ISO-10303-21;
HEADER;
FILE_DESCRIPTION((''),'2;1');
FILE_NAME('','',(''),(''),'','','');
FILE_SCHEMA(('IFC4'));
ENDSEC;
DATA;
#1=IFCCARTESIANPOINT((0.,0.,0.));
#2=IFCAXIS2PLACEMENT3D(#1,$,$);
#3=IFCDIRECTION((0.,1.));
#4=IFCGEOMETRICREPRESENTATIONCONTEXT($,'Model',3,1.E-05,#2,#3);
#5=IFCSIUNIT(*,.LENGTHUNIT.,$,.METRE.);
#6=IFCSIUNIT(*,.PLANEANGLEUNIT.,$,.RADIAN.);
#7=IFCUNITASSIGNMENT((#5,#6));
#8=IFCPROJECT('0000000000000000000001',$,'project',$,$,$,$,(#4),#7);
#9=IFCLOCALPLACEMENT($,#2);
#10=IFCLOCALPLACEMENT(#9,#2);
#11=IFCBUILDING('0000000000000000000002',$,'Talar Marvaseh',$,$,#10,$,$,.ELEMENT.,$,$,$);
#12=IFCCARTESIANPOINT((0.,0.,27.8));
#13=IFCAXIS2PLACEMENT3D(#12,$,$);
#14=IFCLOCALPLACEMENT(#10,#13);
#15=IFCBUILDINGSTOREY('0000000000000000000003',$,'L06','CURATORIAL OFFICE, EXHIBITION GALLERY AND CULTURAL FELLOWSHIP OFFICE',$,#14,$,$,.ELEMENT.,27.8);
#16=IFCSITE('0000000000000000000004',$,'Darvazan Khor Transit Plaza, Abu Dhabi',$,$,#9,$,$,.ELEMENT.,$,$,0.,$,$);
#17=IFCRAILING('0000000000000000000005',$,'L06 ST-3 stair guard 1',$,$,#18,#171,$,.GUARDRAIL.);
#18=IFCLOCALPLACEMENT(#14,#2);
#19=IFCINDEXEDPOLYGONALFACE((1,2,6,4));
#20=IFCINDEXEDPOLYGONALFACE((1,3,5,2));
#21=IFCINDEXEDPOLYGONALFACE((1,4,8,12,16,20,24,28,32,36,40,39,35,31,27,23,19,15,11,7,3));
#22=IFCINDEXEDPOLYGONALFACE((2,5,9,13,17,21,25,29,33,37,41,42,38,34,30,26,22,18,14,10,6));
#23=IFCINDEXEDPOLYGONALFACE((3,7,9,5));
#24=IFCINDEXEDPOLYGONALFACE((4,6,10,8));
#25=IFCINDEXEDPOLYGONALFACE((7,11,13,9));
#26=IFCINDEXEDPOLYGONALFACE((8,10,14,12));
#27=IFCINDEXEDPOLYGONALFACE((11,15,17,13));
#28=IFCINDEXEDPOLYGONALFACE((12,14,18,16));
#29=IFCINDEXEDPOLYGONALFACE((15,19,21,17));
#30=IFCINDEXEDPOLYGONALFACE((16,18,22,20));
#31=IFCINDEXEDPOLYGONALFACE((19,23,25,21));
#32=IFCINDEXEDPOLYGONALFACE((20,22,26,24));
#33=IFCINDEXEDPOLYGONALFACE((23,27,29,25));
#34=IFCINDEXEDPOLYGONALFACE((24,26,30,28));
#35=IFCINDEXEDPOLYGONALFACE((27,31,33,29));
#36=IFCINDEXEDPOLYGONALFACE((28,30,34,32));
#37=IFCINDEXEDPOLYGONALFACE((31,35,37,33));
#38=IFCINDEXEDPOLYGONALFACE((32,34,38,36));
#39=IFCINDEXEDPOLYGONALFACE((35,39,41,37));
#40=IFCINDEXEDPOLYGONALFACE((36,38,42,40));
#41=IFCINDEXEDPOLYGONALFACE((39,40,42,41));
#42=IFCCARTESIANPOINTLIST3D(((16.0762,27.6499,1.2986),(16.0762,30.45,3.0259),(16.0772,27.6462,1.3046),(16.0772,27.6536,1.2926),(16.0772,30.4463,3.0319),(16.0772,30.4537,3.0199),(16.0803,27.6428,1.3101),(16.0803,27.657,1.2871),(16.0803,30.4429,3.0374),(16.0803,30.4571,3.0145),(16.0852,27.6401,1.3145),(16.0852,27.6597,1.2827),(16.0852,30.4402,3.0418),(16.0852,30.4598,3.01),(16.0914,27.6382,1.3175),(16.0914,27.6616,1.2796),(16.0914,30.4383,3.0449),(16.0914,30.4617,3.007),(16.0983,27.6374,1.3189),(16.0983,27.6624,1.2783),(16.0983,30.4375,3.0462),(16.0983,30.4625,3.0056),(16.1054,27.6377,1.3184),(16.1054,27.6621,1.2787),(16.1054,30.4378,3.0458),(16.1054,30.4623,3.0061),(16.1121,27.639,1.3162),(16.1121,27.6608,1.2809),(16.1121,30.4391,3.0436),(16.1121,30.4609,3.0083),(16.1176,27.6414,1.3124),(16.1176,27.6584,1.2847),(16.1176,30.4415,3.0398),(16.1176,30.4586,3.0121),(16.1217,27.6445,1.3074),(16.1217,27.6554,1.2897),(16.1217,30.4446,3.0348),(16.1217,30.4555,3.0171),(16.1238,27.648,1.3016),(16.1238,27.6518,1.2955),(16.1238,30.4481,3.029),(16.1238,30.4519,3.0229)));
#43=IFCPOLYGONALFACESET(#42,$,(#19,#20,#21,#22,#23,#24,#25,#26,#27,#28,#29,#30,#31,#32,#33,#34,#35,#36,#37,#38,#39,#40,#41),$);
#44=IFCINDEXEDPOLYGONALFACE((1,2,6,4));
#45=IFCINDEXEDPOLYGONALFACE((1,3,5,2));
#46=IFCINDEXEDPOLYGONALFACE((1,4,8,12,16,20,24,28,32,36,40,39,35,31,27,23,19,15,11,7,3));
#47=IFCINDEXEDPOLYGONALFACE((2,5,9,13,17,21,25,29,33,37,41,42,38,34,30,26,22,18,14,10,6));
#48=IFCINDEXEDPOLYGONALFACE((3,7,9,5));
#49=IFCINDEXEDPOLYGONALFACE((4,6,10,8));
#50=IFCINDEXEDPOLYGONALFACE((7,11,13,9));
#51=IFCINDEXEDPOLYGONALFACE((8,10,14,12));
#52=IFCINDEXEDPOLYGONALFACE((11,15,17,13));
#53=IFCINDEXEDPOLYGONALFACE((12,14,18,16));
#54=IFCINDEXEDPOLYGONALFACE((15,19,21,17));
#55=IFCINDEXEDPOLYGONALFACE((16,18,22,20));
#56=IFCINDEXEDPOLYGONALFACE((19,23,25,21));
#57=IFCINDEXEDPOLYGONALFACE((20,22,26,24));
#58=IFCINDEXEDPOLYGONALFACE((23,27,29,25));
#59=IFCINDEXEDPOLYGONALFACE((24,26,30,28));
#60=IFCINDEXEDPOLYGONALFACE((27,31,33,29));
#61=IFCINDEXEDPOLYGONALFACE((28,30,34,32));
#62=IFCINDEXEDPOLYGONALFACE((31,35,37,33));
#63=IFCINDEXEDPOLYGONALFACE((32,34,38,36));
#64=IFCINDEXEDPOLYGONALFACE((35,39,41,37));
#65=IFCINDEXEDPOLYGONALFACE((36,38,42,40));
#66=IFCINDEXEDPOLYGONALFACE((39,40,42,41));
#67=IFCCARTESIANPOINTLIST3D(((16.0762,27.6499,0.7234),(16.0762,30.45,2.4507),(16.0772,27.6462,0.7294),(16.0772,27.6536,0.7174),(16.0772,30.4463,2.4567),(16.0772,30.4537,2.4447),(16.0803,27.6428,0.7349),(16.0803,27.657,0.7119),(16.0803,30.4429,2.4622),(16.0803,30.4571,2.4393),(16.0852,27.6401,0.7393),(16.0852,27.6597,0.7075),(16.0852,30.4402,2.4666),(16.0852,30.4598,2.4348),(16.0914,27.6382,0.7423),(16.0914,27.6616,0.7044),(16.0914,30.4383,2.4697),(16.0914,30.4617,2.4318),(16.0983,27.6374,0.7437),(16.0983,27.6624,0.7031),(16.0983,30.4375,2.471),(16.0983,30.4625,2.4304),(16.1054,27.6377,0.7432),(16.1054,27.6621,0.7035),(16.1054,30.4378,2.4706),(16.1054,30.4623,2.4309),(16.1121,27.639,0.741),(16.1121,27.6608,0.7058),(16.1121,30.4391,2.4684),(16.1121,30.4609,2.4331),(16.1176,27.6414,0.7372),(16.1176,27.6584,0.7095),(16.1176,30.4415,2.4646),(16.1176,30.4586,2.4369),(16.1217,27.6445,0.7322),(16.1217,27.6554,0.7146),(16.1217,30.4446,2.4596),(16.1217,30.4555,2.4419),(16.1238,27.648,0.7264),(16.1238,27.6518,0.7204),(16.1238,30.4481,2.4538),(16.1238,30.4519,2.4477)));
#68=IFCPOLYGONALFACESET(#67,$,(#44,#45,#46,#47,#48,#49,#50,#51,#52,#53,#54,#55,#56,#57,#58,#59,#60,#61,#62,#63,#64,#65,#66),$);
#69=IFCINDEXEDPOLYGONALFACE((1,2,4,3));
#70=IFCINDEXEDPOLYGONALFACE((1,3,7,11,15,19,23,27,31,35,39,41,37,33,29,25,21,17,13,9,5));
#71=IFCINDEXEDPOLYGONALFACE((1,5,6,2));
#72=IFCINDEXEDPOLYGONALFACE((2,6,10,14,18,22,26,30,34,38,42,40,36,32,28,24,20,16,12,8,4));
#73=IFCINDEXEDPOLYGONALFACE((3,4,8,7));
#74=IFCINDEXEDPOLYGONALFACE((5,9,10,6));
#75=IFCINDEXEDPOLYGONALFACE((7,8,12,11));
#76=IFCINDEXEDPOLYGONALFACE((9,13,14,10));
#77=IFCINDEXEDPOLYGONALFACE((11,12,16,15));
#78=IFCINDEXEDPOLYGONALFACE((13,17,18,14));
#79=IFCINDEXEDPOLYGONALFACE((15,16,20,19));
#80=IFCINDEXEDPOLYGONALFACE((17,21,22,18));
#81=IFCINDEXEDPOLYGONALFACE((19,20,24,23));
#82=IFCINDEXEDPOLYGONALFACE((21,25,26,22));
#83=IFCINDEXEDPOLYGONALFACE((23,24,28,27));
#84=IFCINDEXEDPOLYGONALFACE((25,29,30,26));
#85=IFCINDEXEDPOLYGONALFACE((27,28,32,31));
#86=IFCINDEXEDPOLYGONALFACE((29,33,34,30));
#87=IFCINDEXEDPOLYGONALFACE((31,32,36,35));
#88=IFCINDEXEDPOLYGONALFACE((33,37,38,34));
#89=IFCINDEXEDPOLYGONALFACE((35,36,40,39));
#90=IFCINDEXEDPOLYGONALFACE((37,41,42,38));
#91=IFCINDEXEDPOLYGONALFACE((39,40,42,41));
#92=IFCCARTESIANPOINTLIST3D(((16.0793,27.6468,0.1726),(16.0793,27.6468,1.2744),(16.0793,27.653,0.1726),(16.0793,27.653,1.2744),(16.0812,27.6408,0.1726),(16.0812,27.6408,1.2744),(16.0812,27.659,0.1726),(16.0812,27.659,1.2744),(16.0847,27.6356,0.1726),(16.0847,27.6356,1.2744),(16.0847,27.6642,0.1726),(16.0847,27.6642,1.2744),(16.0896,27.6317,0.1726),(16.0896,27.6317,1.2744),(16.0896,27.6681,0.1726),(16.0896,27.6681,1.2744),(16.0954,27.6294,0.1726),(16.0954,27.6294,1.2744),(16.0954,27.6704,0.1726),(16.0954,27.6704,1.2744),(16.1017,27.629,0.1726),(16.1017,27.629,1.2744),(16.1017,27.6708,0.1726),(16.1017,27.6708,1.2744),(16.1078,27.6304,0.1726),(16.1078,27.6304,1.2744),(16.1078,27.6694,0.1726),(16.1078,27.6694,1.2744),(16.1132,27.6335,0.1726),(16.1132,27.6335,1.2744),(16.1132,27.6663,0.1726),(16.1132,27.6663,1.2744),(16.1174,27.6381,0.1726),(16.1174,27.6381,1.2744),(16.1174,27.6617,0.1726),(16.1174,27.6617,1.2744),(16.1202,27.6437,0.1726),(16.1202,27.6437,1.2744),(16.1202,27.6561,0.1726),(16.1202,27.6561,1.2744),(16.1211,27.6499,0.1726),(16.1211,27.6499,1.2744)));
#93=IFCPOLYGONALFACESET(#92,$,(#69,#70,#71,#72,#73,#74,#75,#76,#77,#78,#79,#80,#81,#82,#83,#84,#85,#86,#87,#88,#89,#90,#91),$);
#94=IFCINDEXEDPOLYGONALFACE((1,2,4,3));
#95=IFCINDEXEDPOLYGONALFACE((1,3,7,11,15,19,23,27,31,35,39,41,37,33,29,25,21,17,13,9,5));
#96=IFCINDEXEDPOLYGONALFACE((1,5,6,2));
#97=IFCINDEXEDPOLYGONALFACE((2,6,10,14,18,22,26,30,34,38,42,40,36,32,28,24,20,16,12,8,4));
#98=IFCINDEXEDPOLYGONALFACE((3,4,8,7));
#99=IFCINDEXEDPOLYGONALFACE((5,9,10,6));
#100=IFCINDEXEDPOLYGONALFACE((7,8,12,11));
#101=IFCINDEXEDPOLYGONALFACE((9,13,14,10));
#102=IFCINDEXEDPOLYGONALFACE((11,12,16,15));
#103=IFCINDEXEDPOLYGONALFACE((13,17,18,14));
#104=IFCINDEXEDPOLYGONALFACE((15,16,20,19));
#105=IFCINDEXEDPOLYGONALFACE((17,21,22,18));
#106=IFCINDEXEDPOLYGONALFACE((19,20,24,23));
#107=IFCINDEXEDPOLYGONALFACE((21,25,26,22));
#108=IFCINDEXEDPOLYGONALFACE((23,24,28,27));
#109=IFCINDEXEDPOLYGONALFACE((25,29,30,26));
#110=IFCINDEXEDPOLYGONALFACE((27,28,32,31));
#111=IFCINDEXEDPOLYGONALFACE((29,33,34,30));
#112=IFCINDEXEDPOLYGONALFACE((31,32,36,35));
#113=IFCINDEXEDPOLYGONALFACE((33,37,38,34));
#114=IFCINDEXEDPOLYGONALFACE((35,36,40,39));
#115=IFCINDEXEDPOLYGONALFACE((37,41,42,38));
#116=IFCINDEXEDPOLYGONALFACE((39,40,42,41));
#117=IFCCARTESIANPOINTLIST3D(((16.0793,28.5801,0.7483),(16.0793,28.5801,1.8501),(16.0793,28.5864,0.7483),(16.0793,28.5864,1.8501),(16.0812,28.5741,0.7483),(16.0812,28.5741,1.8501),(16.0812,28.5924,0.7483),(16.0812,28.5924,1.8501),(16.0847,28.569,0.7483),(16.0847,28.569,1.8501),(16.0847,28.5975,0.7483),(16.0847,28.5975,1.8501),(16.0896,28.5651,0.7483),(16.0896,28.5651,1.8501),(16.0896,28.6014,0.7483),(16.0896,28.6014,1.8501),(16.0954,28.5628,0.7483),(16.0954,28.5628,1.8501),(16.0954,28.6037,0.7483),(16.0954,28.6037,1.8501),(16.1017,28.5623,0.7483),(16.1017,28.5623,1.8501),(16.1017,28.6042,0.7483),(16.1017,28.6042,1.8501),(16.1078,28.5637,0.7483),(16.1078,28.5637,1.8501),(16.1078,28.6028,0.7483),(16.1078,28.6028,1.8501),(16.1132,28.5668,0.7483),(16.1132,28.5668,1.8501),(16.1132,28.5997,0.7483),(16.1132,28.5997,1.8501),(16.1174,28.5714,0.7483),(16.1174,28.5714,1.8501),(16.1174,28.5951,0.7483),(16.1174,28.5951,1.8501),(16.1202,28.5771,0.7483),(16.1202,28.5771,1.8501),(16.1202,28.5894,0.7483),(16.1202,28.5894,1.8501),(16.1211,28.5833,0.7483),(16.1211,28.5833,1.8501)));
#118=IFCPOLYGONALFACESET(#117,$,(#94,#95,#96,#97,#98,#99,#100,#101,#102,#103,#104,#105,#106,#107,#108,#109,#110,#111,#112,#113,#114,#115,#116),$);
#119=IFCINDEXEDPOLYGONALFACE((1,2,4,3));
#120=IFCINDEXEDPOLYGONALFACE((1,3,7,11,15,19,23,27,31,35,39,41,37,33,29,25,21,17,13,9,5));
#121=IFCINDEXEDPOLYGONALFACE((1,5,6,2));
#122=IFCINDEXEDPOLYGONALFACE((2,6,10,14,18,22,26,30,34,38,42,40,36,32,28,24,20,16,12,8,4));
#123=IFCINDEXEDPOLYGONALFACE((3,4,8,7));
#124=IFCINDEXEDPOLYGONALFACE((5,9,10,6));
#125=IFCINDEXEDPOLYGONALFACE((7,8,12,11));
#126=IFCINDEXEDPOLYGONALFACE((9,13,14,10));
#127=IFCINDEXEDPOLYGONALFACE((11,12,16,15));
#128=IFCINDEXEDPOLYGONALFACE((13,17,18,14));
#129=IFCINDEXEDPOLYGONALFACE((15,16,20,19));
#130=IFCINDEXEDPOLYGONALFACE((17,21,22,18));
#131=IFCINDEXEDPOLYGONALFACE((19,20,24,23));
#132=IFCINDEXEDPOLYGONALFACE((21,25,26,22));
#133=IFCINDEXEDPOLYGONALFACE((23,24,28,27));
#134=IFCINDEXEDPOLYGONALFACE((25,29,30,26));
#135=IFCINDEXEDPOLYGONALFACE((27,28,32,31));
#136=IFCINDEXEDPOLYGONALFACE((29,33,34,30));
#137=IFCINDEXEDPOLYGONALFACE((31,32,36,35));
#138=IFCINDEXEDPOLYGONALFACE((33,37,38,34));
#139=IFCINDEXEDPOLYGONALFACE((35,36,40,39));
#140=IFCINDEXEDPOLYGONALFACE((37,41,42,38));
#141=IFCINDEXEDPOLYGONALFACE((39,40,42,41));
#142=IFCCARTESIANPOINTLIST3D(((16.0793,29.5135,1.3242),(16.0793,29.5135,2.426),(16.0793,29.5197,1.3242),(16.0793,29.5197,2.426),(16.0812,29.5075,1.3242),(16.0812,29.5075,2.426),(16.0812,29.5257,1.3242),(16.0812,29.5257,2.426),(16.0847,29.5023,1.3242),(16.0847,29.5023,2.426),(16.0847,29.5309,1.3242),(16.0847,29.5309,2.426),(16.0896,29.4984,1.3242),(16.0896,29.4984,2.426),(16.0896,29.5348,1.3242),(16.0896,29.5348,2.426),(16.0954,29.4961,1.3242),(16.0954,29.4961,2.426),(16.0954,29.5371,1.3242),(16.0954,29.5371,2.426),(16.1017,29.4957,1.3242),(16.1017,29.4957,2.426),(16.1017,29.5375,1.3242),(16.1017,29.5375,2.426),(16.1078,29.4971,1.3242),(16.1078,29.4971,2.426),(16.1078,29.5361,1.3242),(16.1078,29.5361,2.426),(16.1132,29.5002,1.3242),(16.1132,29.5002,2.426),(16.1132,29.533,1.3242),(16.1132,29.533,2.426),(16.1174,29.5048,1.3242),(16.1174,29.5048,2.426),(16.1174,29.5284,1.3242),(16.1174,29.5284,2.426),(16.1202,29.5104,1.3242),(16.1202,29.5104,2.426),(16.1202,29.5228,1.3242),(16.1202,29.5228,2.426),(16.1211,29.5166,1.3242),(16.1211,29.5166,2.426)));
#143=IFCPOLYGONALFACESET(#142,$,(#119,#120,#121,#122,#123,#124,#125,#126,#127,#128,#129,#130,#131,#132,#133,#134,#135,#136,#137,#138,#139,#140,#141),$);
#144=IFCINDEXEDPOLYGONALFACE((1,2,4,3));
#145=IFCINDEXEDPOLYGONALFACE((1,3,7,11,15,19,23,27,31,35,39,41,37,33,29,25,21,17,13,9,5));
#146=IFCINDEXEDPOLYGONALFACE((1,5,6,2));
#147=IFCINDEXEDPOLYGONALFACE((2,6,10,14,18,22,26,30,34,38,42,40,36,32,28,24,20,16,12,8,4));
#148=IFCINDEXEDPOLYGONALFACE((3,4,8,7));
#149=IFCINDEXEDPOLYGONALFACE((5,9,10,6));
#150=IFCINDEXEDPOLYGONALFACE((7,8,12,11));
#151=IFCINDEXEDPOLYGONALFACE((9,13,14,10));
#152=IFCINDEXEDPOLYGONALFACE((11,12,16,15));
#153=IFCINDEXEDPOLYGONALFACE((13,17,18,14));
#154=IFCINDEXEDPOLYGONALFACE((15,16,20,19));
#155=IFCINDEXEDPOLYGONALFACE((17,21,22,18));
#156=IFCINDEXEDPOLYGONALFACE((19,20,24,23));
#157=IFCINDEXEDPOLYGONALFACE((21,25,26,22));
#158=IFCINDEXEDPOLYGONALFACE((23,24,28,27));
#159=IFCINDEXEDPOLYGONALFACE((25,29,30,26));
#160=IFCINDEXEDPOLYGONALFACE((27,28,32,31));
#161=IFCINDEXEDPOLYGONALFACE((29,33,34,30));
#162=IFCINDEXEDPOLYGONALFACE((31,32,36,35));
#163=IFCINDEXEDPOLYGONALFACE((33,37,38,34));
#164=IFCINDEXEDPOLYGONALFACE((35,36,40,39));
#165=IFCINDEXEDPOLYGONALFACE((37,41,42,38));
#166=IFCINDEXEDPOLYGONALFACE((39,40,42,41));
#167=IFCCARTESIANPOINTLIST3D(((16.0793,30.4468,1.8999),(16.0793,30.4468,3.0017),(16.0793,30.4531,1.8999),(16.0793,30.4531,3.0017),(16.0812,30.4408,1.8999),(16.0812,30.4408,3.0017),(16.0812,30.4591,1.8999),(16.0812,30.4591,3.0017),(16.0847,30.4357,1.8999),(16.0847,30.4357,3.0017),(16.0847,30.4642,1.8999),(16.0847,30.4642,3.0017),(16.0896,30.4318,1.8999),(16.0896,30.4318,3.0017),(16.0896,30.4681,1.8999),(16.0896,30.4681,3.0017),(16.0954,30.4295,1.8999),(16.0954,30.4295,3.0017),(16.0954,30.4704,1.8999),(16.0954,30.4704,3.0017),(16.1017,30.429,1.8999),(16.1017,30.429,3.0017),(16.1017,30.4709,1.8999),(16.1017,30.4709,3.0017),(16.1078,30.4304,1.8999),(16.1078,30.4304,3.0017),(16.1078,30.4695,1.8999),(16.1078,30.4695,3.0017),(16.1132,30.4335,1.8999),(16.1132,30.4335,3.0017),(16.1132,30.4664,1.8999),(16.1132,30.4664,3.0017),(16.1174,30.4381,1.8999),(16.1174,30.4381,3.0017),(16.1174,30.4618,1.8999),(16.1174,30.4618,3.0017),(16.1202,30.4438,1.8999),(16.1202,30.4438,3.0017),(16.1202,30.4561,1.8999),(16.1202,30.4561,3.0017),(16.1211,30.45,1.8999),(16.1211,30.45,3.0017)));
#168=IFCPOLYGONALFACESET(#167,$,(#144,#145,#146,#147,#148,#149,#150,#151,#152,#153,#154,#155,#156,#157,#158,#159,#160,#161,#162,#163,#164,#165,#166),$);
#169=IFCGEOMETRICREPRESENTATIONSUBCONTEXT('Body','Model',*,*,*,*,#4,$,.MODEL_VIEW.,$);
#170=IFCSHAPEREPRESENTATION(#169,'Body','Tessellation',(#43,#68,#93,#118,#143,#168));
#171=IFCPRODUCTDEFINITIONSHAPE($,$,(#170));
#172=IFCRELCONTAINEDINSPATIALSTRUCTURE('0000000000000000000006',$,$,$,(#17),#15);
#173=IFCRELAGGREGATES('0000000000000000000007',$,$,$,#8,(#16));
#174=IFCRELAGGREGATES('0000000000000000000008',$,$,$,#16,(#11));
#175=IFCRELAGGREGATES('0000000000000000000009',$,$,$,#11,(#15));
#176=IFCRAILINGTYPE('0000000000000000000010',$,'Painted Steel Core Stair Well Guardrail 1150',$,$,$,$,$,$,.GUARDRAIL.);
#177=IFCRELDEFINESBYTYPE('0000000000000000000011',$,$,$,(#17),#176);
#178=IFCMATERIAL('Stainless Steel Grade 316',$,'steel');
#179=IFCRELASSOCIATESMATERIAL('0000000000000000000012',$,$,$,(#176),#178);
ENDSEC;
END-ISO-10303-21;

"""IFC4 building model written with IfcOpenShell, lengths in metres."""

from ifc_helpers import new_model, si_unit, direction, frame, origin, origin_2d, place, context, subcontext, project, spatial, circle, extrude, material, type_object, element, save


model = new_model("IFC4")

# Units and contexts
model_context = context("Model", 3, precision=1e-05, world=origin(), true_north=direction((0.0, 1.0)))
body_context = subcontext(model_context, "Body", "Model", "MODEL_VIEW")
ifc_project = project(units=[si_unit("LENGTHUNIT", "METRE"), si_unit("PLANEANGLEUNIT", "RADIAN")], contexts=[model_context])

# Site, building, storey
site_placement = place(None, origin())
site = spatial("IfcSite", under=ifc_project, at=site_placement, Name="Darvazan Khor Transit Plaza, Abu Dhabi", CompositionType="ELEMENT", RefElevation=0.0)
building_placement = place(site_placement, origin())
building = spatial("IfcBuilding", under=site, at=building_placement, Name="Talar Marvaseh", CompositionType="ELEMENT")
storey_placement = place(building_placement, frame((0.0, 0.0, 27.8)))
storey = spatial("IfcBuildingStorey", under=building, at=storey_placement, Name="L06", Description="CURATORIAL OFFICE, EXHIBITION GALLERY AND CULTURAL FELLOWSHIP OFFICE", CompositionType="ELEMENT", Elevation=27.8)

# Railing
ifc_material_1 = material(Name="Stainless Steel Grade 316", Category="steel")
railing_type_1 = type_object("IfcRailingType", Name="Painted Steel Core Stair Well Guardrail 1150", PredefinedType="GUARDRAIL", material=ifc_material_1)
railing_1_placement = place(storey_placement, frame((16.1001, 27.6499, 0.1726)))
element("IfcRailing", 1, at=railing_1_placement, inside=storey, type_object=railing_type_1, Name="L06 ST-3 stair guard 1", PredefinedType="GUARDRAIL", context=body_context, shape_type="SweptSolid", body=[
    extrude(circle(Radius=0.0239, at=origin_2d()), frame((0.0, 0.0, 1.126), z_axis=(0.0, 0.85109, 0.52502), x_axis=(-1.0, 0.0, 0.0)), (0.0, 0.0, 1.0), 3.29),
    extrude(circle(Radius=0.0239, at=origin_2d()), frame((0.0, 0.0, 0.5508), z_axis=(0.0, 0.85109, 0.52502), x_axis=(-1.0, 0.0, 0.0)), (0.0, 0.0, 1.0), 3.29),
    extrude(circle(Radius=0.021, at=origin_2d()), origin(), (0.0, 0.0, 1.0), 1.1018),
    extrude(circle(Radius=0.021, at=origin_2d()), frame((0.0, 0.9333, 0.5757)), (0.0, 0.0, 1.0), 1.1018),
    extrude(circle(Radius=0.021, at=origin_2d()), frame((0.0, 1.8667, 1.1516)), (0.0, 0.0, 1.0), 1.1018),
    extrude(circle(Radius=0.021, at=origin_2d()), frame((0.0, 2.8, 1.7273)), (0.0, 0.0, 1.0), 1.1018),
])

save(model, "model.ifc")
